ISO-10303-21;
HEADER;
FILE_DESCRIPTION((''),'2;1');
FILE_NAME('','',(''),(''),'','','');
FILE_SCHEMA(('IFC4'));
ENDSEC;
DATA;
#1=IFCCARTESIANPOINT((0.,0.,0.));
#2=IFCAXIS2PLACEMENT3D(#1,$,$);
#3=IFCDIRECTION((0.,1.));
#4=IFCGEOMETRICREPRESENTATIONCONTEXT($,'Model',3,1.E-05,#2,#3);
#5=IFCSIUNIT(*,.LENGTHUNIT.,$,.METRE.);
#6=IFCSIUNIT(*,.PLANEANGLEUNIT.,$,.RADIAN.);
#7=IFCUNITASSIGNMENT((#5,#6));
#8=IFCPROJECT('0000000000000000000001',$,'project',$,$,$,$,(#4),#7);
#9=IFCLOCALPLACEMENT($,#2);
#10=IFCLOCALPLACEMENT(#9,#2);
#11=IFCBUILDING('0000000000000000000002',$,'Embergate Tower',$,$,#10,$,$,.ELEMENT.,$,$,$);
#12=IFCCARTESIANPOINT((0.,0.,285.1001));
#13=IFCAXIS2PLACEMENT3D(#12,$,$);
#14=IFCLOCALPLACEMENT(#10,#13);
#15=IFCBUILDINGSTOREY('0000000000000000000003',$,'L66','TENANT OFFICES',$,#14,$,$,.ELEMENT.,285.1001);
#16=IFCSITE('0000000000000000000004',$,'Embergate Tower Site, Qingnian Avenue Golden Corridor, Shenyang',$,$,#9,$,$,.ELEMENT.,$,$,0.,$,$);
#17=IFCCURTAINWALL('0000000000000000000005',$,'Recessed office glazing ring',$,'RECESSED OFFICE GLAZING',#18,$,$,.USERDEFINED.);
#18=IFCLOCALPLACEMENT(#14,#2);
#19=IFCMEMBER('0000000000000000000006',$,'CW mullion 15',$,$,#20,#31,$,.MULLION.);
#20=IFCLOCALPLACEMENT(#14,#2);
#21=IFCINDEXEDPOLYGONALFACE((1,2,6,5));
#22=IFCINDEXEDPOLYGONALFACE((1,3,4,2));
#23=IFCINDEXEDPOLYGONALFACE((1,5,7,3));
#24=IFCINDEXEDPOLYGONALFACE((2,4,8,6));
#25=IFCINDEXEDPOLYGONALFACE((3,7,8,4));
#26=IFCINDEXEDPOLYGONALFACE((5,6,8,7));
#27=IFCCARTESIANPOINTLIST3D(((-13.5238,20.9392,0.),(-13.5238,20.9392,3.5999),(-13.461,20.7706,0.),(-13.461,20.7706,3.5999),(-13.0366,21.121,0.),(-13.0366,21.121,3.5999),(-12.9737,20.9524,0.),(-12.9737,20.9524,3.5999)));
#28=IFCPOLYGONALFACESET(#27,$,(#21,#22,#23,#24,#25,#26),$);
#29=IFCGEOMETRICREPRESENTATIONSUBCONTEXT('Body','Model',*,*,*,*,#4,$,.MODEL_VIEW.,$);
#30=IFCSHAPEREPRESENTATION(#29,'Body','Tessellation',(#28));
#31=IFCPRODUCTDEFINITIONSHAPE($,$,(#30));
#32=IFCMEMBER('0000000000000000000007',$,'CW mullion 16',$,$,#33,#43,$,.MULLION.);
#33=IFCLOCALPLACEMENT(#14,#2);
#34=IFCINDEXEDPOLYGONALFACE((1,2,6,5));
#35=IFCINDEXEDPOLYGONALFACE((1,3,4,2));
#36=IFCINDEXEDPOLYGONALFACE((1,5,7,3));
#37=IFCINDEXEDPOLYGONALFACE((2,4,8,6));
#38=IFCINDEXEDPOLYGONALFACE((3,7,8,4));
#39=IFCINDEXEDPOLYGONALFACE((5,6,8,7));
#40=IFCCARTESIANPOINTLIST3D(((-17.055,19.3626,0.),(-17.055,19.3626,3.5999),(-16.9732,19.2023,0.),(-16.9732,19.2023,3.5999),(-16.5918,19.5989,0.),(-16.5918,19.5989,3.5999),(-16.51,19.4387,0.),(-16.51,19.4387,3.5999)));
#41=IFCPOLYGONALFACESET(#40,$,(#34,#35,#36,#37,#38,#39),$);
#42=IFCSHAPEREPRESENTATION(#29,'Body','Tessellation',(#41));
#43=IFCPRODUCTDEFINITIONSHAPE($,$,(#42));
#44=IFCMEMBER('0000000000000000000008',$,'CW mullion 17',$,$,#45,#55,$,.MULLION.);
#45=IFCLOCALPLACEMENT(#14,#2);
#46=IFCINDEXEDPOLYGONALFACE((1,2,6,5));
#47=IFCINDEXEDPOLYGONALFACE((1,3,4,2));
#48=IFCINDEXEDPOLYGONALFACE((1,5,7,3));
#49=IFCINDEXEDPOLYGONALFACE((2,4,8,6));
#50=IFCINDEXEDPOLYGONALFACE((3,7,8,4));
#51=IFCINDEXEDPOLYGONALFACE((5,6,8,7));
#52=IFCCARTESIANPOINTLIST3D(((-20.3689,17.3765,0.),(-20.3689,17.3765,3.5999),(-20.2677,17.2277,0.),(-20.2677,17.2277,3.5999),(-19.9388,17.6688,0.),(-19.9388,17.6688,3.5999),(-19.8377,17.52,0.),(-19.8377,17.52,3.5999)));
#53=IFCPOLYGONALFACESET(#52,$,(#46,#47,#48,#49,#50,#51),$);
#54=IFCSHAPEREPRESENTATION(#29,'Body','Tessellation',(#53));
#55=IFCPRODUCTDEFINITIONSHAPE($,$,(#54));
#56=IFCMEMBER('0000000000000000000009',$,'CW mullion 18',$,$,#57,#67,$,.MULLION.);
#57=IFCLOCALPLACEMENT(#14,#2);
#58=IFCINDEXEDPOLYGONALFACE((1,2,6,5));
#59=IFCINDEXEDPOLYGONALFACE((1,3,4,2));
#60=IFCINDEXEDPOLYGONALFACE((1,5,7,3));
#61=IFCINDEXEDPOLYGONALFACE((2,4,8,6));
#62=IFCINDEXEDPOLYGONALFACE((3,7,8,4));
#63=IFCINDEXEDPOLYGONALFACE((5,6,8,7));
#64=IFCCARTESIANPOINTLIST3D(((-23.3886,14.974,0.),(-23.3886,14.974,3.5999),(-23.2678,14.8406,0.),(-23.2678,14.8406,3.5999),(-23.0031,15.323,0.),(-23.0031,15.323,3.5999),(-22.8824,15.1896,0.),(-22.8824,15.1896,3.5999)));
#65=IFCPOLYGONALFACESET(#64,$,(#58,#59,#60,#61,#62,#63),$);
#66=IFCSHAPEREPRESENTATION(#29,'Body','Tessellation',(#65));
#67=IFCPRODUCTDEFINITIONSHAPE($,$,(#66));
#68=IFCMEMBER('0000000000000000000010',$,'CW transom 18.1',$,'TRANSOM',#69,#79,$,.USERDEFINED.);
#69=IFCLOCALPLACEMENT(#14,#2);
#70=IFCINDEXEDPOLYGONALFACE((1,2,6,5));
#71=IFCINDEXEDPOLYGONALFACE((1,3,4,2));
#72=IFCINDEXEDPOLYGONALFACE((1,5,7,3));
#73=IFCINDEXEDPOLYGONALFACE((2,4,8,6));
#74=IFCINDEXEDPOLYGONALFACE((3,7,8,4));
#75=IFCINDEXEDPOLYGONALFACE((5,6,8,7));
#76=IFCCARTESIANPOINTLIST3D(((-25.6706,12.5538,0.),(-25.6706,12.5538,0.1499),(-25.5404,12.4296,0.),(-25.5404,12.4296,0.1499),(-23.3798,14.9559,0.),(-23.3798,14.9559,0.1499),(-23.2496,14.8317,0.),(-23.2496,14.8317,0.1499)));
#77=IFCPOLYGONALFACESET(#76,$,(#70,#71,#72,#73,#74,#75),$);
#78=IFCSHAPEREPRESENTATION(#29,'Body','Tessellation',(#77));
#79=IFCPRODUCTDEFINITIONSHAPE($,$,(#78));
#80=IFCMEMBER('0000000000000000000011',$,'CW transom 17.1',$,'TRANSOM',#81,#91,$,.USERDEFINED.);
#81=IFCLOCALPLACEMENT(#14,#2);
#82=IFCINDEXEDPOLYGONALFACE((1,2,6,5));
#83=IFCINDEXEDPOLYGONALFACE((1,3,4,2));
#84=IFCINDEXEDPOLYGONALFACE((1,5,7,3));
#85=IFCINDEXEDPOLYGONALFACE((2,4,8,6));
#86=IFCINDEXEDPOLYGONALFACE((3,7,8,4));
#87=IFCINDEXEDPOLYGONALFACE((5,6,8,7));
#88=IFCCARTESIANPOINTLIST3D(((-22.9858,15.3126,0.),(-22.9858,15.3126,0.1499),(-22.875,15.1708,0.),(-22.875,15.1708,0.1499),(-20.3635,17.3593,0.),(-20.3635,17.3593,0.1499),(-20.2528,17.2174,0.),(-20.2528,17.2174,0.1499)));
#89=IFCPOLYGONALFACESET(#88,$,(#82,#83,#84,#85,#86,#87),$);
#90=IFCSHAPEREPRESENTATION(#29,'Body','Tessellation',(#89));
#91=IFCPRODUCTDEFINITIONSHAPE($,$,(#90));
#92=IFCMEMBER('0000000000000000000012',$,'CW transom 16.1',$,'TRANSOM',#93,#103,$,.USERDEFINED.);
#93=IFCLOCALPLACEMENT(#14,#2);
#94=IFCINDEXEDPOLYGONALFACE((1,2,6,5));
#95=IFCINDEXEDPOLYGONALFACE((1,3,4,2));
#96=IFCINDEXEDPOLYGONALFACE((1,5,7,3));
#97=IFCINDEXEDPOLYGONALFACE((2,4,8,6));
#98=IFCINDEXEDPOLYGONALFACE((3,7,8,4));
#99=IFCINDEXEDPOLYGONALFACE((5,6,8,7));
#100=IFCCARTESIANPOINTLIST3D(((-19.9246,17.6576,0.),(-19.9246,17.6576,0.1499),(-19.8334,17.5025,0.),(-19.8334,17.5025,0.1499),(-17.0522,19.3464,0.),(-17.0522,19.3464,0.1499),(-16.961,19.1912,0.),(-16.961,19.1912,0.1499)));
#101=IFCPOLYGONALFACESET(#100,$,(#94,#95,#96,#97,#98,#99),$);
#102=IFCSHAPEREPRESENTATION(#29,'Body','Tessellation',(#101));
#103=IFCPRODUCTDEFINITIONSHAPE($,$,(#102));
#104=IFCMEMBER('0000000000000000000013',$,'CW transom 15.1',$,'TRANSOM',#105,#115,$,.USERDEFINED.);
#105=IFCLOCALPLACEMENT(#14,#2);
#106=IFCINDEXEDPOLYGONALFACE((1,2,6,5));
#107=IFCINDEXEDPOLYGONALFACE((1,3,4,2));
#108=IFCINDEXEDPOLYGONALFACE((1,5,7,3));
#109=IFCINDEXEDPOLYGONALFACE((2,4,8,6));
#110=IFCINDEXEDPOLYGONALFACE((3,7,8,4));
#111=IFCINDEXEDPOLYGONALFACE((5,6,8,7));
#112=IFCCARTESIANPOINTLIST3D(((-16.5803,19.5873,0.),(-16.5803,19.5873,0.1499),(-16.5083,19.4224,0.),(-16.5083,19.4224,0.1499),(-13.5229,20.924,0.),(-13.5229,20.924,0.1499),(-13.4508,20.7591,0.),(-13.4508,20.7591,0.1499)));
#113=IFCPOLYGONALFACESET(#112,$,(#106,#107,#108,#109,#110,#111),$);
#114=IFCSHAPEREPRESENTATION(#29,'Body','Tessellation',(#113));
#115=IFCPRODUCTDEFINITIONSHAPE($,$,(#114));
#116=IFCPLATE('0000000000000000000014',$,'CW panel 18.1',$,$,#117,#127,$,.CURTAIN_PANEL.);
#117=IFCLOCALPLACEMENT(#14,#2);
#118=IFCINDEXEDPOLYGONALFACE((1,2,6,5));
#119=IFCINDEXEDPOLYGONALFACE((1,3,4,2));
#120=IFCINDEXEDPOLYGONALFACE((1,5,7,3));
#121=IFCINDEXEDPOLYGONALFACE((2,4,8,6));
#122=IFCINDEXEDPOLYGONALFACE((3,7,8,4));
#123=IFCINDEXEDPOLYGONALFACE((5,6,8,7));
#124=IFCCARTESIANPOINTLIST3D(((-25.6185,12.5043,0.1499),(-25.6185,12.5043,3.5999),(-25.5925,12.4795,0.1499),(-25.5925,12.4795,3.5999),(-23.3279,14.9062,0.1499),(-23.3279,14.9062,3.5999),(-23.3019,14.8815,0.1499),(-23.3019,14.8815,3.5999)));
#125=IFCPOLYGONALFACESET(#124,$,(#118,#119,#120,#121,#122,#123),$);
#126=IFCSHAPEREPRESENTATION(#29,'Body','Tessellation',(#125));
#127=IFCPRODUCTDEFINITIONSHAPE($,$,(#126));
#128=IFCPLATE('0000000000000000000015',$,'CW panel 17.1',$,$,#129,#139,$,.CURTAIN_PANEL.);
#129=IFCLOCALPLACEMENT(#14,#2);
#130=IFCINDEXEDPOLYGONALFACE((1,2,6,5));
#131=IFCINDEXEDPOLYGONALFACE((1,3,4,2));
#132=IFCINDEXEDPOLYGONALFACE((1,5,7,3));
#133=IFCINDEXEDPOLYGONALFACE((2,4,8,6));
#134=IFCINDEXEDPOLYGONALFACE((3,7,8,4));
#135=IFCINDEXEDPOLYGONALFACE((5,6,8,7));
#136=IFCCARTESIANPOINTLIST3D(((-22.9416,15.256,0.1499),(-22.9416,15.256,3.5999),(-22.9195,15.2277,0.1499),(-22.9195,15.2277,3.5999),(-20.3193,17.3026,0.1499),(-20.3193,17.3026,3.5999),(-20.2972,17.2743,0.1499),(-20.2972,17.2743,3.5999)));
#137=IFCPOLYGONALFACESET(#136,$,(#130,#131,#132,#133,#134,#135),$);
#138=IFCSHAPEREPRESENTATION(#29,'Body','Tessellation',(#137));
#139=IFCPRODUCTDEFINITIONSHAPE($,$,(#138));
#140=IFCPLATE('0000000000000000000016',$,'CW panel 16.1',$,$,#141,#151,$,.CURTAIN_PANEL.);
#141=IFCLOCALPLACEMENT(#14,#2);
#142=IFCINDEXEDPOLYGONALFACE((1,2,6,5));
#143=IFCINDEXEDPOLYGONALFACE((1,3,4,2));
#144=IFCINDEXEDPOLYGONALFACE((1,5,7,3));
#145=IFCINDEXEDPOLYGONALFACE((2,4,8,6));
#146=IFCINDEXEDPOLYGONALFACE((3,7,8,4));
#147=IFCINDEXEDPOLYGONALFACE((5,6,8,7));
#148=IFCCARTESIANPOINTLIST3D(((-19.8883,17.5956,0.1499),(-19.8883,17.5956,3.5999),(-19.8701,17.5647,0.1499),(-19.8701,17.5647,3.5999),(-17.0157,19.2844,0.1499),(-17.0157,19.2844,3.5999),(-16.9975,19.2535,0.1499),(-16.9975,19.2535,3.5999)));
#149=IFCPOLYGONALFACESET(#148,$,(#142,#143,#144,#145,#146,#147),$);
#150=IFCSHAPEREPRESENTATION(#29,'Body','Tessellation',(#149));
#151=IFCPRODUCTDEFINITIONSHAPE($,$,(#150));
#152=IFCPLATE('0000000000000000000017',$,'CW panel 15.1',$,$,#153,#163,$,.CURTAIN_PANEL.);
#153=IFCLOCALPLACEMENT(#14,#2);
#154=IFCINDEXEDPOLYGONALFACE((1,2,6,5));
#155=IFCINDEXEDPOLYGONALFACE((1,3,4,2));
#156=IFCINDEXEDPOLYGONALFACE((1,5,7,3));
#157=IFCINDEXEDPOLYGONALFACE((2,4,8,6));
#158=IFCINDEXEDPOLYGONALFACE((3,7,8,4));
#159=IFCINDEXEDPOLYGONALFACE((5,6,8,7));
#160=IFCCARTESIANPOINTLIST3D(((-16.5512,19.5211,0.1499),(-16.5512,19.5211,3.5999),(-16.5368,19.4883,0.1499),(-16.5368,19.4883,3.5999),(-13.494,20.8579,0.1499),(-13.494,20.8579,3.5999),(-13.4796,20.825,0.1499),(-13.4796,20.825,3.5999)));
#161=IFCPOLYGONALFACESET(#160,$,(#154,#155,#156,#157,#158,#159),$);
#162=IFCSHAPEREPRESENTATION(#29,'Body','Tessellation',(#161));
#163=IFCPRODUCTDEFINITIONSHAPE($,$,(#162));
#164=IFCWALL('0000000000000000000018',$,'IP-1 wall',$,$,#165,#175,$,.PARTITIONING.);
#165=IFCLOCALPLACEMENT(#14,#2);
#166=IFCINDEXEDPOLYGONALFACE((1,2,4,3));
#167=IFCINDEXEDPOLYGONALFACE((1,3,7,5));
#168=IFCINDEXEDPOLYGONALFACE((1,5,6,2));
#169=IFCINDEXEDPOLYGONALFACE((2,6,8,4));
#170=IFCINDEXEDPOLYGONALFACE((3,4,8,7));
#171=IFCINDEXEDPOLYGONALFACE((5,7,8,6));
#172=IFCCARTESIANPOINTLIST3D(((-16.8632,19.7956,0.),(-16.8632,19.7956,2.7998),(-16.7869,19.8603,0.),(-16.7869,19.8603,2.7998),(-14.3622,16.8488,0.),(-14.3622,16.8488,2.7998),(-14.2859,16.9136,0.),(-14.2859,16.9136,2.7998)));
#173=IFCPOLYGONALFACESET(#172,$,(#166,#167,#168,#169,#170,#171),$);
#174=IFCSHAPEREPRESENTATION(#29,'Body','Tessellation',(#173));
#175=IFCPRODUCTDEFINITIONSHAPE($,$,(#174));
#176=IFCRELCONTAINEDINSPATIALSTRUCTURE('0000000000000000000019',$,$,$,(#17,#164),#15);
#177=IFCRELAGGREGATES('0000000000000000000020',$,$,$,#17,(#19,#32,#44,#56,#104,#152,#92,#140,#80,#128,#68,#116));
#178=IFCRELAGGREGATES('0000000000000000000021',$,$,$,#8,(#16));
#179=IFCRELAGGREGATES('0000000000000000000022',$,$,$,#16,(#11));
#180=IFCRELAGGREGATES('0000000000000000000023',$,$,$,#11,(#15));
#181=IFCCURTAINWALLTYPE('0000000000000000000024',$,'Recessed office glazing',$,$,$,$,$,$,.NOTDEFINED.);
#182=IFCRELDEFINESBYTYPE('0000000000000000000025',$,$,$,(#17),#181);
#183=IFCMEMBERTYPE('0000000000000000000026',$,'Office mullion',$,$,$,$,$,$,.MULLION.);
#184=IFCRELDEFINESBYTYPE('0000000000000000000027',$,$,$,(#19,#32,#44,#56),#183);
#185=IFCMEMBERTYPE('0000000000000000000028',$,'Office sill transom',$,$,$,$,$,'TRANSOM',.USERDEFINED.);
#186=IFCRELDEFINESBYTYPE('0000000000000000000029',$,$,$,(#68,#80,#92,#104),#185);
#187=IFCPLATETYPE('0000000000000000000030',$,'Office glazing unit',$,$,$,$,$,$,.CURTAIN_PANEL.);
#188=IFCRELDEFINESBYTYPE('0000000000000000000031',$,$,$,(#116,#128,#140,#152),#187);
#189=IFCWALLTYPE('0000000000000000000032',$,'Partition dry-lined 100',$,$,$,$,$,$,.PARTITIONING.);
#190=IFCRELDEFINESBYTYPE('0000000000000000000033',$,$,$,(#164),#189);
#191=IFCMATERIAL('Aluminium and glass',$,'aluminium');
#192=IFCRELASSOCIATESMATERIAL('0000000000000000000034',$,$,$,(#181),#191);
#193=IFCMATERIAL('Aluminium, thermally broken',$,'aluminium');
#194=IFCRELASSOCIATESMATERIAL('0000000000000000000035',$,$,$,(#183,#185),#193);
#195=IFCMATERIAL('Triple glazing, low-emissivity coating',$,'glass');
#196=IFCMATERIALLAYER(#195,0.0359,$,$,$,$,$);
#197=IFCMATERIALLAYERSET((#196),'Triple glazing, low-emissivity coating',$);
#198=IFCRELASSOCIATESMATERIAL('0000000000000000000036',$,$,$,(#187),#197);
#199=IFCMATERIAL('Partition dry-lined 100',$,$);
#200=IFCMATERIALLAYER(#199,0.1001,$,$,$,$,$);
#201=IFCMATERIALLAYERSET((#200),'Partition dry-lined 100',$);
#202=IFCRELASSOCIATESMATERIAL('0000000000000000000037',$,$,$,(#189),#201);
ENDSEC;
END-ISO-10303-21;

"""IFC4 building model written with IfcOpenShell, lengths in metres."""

from ifc_helpers import new_model, si_unit, direction, frame, frame_2d, origin, origin_2d, place, context, subcontext, project, spatial, rectangle, extrude, source, transform, mapped, material, layer, layer_set, material_profile, profile_set, type_object, element, aggregate, save


model = new_model("IFC4")

# Units and contexts
model_context = context("Model", 3, precision=1e-05, world=origin(), true_north=direction((0.0, 1.0)))
body_context = subcontext(model_context, "Body", "Model", "MODEL_VIEW")
ifc_project = project(units=[si_unit("LENGTHUNIT", "METRE"), si_unit("PLANEANGLEUNIT", "RADIAN")], contexts=[model_context])

# Site, building, storey
site_placement = place(None, origin())
site = spatial("IfcSite", under=ifc_project, at=site_placement, Name="Embergate Tower Site, Qingnian Avenue Golden Corridor, Shenyang", CompositionType="ELEMENT", RefElevation=0.0)
building_placement = place(site_placement, origin())
building = spatial("IfcBuilding", under=site, at=building_placement, Name="Embergate Tower", CompositionType="ELEMENT")
storey_placement = place(building_placement, frame((0.0, 0.0, 285.1001)))
storey = spatial("IfcBuildingStorey", under=building, at=storey_placement, Name="L66", Description="TENANT OFFICES", CompositionType="ELEMENT", Elevation=285.1001)

# Curtain wall, members, plates
ifc_material_1 = material(Name="Aluminium and glass", Category="aluminium")
curtain_wall_type = type_object("IfcCurtainWallType", Name="Recessed office glazing", PredefinedType="NOTDEFINED", material=ifc_material_1)
curtain_wall_placement = place(storey_placement, origin())
curtain_wall = element("IfcCurtainWall", 1, at=curtain_wall_placement, inside=storey, type_object=curtain_wall_type, Name="Recessed office glazing ring", ObjectType="RECESSED OFFICE GLAZING", PredefinedType="USERDEFINED")
ifc_material_2 = material(Name="Aluminium, thermally broken", Category="aluminium")
ifc_material_profile_1 = material_profile(ifc_material_2, rectangle(XDim=0.1799, YDim=0.52, at=origin_2d()), Name="AL 520x180")
ifc_profile_set_1 = profile_set([ifc_material_profile_1], Name="Aluminium, thermally broken")
member_type_1 = type_object("IfcMemberType", Name="Office mullion", PredefinedType="MULLION", material=ifc_profile_set_1)
shared_shape_1 = source(origin(), body_context, "Body", "SweptSolid", [
    extrude(rectangle(XDim=0.1799, YDim=0.52, at=origin_2d()), origin(), (0.0, 0.0, 1.0), 3.5999),
])
member_1_placement = place(storey_placement, frame((-13.2488, 20.9458, 0.0), z_axis=(0.0, 0.0, 1.0), x_axis=(0.349493, -0.936939, 0.0)))
member_1 = element("IfcMember", 2, at=member_1_placement, type_object=member_type_1, Name="CW mullion 15", PredefinedType="MULLION", context=body_context, shape_type="MappedRepresentation", body=[
    mapped(shared_shape_1, transform((0.0, 0.0, 0.0))),
])
member_2_placement = place(storey_placement, frame((-16.7825, 19.4006, 0.0), z_axis=(0.0, 0.0, 1.0), x_axis=(0.454499, -0.890747, 0.0)))
member_2 = element("IfcMember", 3, at=member_2_placement, type_object=member_type_1, Name="CW mullion 16", PredefinedType="MULLION", context=body_context, shape_type="MappedRepresentation", body=[
    mapped(shared_shape_1, transform((0.0, 0.0, 0.0))),
])
member_3_placement = place(storey_placement, frame((-20.1033, 17.4482, 0.0), z_axis=(0.0, 0.0, 1.0), x_axis=(0.562202, -0.827, 0.0)))
member_3 = element("IfcMember", 4, at=member_3_placement, type_object=member_type_1, Name="CW mullion 17", PredefinedType="MULLION", context=body_context, shape_type="MappedRepresentation", body=[
    mapped(shared_shape_1, transform((0.0, 0.0, 0.0))),
])
member_4_placement = place(storey_placement, frame((-23.1355, 15.0818, 0.0), z_axis=(0.0, 0.0, 1.0), x_axis=(0.67121, -0.741268, 0.0)))
member_4 = element("IfcMember", 5, at=member_4_placement, type_object=member_type_1, Name="CW mullion 18", PredefinedType="MULLION", context=body_context, shape_type="MappedRepresentation", body=[
    mapped(shared_shape_1, transform((0.0, 0.0, 0.0))),
])
ifc_material_profile_2 = material_profile(ifc_material_2, rectangle(XDim=0.1799, YDim=0.1499, at=origin_2d()), Name="AL 150x180")
ifc_profile_set_2 = profile_set([ifc_material_profile_2], Name="Aluminium, thermally broken")
member_type_2 = type_object("IfcMemberType", Name="Office sill transom", ElementType="TRANSOM", PredefinedType="USERDEFINED", material=ifc_profile_set_2)
shared_shape_2 = source(origin(), body_context, "Body", "SweptSolid", [
    extrude(rectangle(XDim=0.1799, YDim=0.1499, at=origin_2d()), origin(), (0.0, 0.0, 1.0), 3.3193),
])
member_5_placement = place(storey_placement, frame((-23.3147, 14.8938, 0.075), z_axis=(-0.690138, -0.723678, 0.0), x_axis=(0.723678, -0.690138, 0.0)))
member_5 = element("IfcMember", 6, at=member_5_placement, type_object=member_type_2, Name="CW transom 18.1", ObjectType="TRANSOM", PredefinedType="USERDEFINED", context=body_context, shape_type="MappedRepresentation", body=[
    mapped(shared_shape_2, transform((0.0, 0.0, 0.0))),
])
shared_shape_3 = source(origin(), body_context, "Body", "SweptSolid", [
    extrude(rectangle(XDim=0.1799, YDim=0.1499, at=origin_2d()), origin(), (0.0, 0.0, 1.0), 3.3264),
])
member_6_placement = place(storey_placement, frame((-20.3081, 17.2883, 0.075), z_axis=(-0.788324, -0.615261, 0.0), x_axis=(0.615261, -0.788324, 0.0)))
member_6 = element("IfcMember", 7, at=member_6_placement, type_object=member_type_2, Name="CW transom 17.1", ObjectType="TRANSOM", PredefinedType="USERDEFINED", context=body_context, shape_type="MappedRepresentation", body=[
    mapped(shared_shape_3, transform((0.0, 0.0, 0.0))),
])
shared_shape_4 = source(origin(), body_context, "Body", "SweptSolid", [
    extrude(rectangle(XDim=0.1799, YDim=0.1499, at=origin_2d()), origin(), (0.0, 0.0, 1.0), 3.332),
])
member_7_placement = place(storey_placement, frame((-17.0066, 19.2688, 0.075), z_axis=(-0.862049, -0.506825, 0.0), x_axis=(0.506825, -0.862049, 0.0)))
member_7 = element("IfcMember", 8, at=member_7_placement, type_object=member_type_2, Name="CW transom 16.1", ObjectType="TRANSOM", PredefinedType="USERDEFINED", context=body_context, shape_type="MappedRepresentation", body=[
    mapped(shared_shape_4, transform((0.0, 0.0, 0.0))),
])
shared_shape_5 = source(origin(), body_context, "Body", "SweptSolid", [
    extrude(rectangle(XDim=0.1799, YDim=0.1499, at=origin_2d()), origin(), (0.0, 0.0, 1.0), 3.3369),
])
member_8_placement = place(storey_placement, frame((-13.4868, 20.8416, 0.075), z_axis=(-0.91626, -0.400585, 0.0), x_axis=(0.400585, -0.91626, 0.0)))
member_8 = element("IfcMember", 9, at=member_8_placement, type_object=member_type_2, Name="CW transom 15.1", ObjectType="TRANSOM", PredefinedType="USERDEFINED", context=body_context, shape_type="MappedRepresentation", body=[
    mapped(shared_shape_5, transform((0.0, 0.0, 0.0))),
])
ifc_material_3 = material(Name="Triple glazing, low-emissivity coating", Category="glass")
ifc_layer_1 = layer(ifc_material_3, 0.0359)
ifc_layer_set_1 = layer_set([ifc_layer_1], Name="Triple glazing, low-emissivity coating")
plate_type = type_object("IfcPlateType", Name="Office glazing unit", PredefinedType="CURTAIN_PANEL", material=ifc_layer_set_1)
shared_shape_6 = source(origin(), body_context, "Body", "SweptSolid", [
    extrude(rectangle(XDim=3.3191, YDim=0.0359, at=origin_2d()), origin(), (0.0, 0.0, 1.0), 3.45),
])
plate_1_placement = place(storey_placement, frame((-24.4602, 13.6929, 0.1499), z_axis=(0.0, 0.0, 1.0), x_axis=(-0.690144, -0.723672, 0.0)))
plate_1 = element("IfcPlate", 10, at=plate_1_placement, type_object=plate_type, Name="CW panel 18.1", PredefinedType="CURTAIN_PANEL", context=body_context, shape_type="MappedRepresentation", body=[
    mapped(shared_shape_6, transform((0.0, 0.0, 0.0))),
])
shared_shape_7 = source(origin(), body_context, "Body", "SweptSolid", [
    extrude(rectangle(XDim=3.3264, YDim=0.0359, at=origin_2d()), origin(), (0.0, 0.0, 1.0), 3.45),
])
plate_2_placement = place(storey_placement, frame((-21.6194, 16.2651, 0.1499), z_axis=(0.0, 0.0, 1.0), x_axis=(-0.788327, -0.615257, 0.0)))
plate_2 = element("IfcPlate", 11, at=plate_2_placement, type_object=plate_type, Name="CW panel 17.1", PredefinedType="CURTAIN_PANEL", context=body_context, shape_type="MappedRepresentation", body=[
    mapped(shared_shape_7, transform((0.0, 0.0, 0.0))),
])
shared_shape_8 = source(origin(), body_context, "Body", "SweptSolid", [
    extrude(rectangle(XDim=3.3323, YDim=0.0359, at=origin_2d()), origin(), (0.0, 0.0, 1.0), 3.45),
])
plate_3_placement = place(storey_placement, frame((-18.4429, 18.4246, 0.1499), z_axis=(0.0, 0.0, 1.0), x_axis=(-0.862058, -0.50681, 0.0)))
plate_3 = element("IfcPlate", 12, at=plate_3_placement, type_object=plate_type, Name="CW panel 16.1", PredefinedType="CURTAIN_PANEL", context=body_context, shape_type="MappedRepresentation", body=[
    mapped(shared_shape_8, transform((0.0, 0.0, 0.0))),
])
shared_shape_9 = source(origin(), body_context, "Body", "SweptSolid", [
    extrude(rectangle(XDim=3.3367, YDim=0.0359, at=origin_2d()), origin(), (0.0, 0.0, 1.0), 3.45),
])
plate_4_placement = place(storey_placement, frame((-15.0154, 20.1731, 0.1499), z_axis=(0.0, 0.0, 1.0), x_axis=(-0.916239, -0.400632, 0.0)))
plate_4 = element("IfcPlate", 13, at=plate_4_placement, type_object=plate_type, Name="CW panel 15.1", PredefinedType="CURTAIN_PANEL", context=body_context, shape_type="MappedRepresentation", body=[
    mapped(shared_shape_9, transform((0.0, 0.0, 0.0))),
])
aggregate(curtain_wall, [member_1, member_2, member_3, member_4, member_8, plate_4, member_7, plate_3, member_6, plate_2, member_5, plate_1])

# Wall
ifc_material_4 = material(Name="Partition dry-lined 100")
ifc_layer_2 = layer(ifc_material_4, 0.1001)
ifc_layer_set_2 = layer_set([ifc_layer_2], Name="Partition dry-lined 100")
wall_type = type_object("IfcWallType", Name="Partition dry-lined 100", PredefinedType="PARTITIONING", material=ifc_layer_set_2)
shared_shape_10 = source(origin(), body_context, "Body", "SweptSolid", [
    extrude(rectangle(XDim=3.865, YDim=0.1001, at=frame_2d((1.9326, 0.0))), origin(), (0.0, 0.0, 1.0), 2.7998),
])
wall_1_placement = place(storey_placement, frame((-14.324, 16.8811, 0.0), z_axis=(0.0, 0.0, 1.0), x_axis=(-0.64708, 0.762422, 0.0)))
element("IfcWall", 14, at=wall_1_placement, inside=storey, type_object=wall_type, Name="IP-1 wall", PredefinedType="PARTITIONING", context=body_context, shape_type="MappedRepresentation", body=[
    mapped(shared_shape_10, transform((0.0, 0.0, 0.0))),
])

save(model, "model.ifc")
